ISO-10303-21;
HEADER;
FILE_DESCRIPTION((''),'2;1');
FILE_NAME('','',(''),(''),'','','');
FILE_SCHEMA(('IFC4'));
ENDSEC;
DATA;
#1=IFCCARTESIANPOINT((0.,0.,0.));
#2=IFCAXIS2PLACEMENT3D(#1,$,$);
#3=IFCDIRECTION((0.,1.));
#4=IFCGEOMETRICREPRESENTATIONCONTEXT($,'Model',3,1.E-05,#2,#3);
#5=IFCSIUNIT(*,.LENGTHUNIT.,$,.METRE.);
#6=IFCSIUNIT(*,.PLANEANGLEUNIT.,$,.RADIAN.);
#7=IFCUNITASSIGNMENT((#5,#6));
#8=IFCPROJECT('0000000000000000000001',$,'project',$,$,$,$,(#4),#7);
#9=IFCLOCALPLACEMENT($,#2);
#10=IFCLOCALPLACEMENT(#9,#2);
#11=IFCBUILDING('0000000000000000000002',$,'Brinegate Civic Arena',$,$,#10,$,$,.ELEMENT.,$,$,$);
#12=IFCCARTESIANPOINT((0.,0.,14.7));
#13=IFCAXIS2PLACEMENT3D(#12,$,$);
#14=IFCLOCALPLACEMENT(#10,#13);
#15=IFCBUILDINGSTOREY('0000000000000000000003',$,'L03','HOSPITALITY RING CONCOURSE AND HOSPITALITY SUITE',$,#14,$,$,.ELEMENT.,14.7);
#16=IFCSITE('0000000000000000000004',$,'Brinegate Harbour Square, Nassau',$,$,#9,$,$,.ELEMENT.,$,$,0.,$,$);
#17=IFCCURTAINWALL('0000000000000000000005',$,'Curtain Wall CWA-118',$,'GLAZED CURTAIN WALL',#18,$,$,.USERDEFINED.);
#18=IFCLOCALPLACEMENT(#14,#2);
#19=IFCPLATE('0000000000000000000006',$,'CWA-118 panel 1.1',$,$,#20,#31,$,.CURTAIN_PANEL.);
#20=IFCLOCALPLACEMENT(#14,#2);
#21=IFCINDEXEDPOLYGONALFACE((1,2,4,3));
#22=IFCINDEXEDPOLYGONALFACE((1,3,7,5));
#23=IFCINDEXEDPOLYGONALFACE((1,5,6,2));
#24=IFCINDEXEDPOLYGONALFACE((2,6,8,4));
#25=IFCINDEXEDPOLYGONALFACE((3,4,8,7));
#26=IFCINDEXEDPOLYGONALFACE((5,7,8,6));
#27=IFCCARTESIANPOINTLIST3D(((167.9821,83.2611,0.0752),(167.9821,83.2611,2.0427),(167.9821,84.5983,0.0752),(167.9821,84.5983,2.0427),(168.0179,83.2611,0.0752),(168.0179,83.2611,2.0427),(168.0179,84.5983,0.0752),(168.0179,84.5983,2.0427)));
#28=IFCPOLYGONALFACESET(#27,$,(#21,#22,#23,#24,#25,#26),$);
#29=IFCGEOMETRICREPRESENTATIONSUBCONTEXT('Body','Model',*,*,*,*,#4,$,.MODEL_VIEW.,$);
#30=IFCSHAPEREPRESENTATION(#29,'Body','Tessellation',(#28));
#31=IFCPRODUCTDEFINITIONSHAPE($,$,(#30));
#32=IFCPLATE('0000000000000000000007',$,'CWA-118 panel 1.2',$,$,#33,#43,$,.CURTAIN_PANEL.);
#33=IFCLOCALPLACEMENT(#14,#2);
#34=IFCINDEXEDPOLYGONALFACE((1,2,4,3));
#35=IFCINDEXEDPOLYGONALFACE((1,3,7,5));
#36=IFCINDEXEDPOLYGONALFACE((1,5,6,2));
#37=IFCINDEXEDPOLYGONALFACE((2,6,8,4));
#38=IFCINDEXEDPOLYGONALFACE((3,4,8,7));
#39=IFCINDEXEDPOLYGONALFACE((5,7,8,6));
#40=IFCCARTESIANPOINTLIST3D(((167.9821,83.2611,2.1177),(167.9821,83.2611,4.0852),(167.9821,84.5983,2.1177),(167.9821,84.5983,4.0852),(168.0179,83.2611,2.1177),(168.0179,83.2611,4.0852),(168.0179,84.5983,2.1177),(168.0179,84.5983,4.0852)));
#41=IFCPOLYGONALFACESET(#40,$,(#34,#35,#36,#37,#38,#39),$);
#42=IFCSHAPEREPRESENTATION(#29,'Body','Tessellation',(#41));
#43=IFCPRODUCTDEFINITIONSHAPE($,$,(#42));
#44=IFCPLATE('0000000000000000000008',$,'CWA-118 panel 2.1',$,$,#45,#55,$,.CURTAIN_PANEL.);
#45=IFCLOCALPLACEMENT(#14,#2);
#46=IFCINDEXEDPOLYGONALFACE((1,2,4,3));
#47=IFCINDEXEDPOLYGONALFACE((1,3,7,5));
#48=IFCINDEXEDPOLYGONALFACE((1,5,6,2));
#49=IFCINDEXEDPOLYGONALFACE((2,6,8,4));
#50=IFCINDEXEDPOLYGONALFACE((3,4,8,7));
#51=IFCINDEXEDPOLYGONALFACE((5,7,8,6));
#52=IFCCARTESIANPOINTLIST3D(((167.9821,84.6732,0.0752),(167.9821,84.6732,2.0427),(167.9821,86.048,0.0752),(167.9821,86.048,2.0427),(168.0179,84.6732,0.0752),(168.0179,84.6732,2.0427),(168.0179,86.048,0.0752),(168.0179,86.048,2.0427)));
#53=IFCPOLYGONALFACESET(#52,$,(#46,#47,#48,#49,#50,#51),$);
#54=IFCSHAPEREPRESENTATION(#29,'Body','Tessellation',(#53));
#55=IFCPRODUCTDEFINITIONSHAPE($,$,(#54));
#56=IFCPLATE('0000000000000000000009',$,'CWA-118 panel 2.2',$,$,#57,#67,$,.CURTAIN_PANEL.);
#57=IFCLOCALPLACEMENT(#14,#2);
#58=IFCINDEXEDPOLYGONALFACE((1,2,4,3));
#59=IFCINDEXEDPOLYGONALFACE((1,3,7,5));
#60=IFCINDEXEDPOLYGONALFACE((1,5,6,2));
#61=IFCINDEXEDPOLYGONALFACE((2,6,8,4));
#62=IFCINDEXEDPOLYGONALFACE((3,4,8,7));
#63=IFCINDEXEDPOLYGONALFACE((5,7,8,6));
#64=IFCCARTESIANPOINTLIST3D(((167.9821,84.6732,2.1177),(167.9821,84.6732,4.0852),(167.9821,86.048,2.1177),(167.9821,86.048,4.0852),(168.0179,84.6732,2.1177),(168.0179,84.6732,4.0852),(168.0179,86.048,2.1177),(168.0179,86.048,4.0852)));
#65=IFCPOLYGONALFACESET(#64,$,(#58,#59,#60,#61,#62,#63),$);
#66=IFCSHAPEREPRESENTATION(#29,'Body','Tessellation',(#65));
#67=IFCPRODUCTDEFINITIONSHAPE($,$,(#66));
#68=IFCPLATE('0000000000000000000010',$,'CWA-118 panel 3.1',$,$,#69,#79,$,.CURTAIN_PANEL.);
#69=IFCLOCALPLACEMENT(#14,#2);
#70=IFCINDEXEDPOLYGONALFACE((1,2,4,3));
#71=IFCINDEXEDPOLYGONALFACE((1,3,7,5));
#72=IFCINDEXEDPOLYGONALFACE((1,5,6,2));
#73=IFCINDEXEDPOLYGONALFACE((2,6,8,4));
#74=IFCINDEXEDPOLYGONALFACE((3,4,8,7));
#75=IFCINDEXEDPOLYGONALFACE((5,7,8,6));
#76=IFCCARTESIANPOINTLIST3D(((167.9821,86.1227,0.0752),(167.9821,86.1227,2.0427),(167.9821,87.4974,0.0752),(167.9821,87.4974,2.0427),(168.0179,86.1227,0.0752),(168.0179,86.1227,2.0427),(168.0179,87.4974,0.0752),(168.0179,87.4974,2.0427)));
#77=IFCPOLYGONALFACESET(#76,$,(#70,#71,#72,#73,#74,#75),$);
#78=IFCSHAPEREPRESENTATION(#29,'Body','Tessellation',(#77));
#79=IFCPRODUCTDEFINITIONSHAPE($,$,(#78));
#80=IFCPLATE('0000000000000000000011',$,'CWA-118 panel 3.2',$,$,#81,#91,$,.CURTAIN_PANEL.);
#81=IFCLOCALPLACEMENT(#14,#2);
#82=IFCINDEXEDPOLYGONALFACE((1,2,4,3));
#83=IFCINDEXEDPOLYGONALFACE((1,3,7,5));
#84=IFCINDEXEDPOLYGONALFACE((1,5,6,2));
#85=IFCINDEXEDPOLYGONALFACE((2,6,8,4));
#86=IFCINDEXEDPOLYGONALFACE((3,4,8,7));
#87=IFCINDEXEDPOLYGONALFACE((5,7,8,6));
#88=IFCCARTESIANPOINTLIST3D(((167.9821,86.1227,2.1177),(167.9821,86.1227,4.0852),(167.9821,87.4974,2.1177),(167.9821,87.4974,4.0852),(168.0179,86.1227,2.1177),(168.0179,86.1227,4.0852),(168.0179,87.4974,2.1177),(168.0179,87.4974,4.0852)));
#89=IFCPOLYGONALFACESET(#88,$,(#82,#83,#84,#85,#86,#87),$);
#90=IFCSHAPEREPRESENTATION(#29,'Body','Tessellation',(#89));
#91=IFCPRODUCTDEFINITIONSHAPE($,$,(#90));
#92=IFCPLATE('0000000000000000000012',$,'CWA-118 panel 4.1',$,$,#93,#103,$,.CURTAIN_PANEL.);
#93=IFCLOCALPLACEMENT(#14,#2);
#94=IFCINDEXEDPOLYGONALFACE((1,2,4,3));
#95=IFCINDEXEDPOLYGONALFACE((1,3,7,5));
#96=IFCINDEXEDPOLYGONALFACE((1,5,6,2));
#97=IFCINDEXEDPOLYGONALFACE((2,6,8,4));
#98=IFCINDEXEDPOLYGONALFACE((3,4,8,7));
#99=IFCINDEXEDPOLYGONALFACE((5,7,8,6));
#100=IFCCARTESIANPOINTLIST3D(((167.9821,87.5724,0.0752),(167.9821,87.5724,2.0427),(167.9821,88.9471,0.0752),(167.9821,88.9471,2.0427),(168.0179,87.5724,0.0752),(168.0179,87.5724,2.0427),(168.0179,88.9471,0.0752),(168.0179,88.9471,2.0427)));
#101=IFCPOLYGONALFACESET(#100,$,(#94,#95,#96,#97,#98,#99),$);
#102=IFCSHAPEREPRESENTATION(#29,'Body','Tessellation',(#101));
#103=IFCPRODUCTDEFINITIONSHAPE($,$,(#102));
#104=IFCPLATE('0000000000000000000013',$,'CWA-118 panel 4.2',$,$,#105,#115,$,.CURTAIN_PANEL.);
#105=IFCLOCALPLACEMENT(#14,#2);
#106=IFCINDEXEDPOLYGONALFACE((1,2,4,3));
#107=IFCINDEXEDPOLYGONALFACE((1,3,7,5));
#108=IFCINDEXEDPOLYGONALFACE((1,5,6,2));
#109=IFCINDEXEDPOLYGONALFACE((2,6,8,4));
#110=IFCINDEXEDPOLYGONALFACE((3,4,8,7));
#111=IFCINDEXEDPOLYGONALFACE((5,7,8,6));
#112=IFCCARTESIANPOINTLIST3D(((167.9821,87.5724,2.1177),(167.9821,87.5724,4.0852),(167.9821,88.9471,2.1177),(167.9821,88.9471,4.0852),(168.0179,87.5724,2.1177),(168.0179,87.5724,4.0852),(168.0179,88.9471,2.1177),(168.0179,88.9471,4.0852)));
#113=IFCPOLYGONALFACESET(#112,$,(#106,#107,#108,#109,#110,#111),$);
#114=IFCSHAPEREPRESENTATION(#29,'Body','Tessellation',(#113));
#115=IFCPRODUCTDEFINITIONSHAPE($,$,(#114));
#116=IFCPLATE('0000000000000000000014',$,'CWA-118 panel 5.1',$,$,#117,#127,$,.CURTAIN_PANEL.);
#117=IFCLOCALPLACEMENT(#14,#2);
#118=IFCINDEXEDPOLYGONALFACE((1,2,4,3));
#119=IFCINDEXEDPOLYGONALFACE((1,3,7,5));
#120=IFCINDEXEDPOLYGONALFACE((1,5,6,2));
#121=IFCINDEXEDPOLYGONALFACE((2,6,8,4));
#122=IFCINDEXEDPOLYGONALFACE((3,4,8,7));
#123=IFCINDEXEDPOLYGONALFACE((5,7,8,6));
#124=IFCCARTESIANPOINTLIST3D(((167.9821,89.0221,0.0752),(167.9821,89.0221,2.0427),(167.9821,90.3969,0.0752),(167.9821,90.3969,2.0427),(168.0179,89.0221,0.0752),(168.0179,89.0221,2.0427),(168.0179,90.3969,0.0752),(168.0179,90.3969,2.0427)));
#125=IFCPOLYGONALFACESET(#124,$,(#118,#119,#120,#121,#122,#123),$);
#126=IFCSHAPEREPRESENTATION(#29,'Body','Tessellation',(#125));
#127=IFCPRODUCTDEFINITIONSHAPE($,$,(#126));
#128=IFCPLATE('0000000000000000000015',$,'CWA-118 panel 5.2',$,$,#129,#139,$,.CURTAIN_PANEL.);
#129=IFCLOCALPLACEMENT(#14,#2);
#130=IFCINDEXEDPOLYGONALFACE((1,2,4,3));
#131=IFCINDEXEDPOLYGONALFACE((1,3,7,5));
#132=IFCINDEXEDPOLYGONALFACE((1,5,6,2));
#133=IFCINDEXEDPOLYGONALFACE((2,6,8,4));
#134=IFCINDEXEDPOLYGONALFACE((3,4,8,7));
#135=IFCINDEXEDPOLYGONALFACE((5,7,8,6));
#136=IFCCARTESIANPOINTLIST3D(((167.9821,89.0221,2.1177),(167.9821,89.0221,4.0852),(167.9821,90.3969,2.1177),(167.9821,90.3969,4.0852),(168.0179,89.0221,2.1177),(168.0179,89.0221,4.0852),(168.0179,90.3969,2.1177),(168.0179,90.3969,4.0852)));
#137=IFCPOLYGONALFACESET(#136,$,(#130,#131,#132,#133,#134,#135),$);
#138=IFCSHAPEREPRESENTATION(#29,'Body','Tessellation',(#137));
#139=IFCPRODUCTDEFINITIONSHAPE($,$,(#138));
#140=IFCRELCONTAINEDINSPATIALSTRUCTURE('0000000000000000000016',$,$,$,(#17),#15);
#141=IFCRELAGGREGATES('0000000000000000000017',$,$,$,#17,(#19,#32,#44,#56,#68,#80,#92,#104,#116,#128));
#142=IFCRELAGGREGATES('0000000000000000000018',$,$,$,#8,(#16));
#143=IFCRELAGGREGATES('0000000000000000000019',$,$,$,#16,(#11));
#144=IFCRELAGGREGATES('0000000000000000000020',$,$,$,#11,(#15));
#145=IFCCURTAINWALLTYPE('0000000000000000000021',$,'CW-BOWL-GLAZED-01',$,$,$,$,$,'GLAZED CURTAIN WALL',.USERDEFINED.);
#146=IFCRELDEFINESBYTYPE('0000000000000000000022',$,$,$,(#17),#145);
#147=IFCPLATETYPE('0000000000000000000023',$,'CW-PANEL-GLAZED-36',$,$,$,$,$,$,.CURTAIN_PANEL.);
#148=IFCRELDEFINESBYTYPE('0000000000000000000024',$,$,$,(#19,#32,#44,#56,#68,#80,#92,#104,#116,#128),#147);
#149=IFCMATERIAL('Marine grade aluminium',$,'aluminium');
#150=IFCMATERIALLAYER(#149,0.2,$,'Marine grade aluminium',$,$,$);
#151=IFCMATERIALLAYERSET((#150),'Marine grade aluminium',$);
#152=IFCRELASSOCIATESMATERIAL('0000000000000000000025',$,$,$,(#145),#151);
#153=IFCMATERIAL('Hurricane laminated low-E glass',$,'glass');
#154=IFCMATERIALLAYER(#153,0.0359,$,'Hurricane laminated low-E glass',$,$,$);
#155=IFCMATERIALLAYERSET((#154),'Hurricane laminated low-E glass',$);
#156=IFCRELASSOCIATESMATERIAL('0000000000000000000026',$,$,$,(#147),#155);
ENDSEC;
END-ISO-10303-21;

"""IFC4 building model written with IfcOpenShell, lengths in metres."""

from ifc_helpers import new_model, si_unit, direction, frame, origin, origin_2d, place, context, subcontext, project, spatial, rectangle, extrude, material, layer, layer_set, type_object, element, aggregate, save


model = new_model("IFC4")

# Units and contexts
model_context = context("Model", 3, precision=1e-05, world=origin(), true_north=direction((0.0, 1.0)))
body_context = subcontext(model_context, "Body", "Model", "MODEL_VIEW")
ifc_project = project(units=[si_unit("LENGTHUNIT", "METRE"), si_unit("PLANEANGLEUNIT", "RADIAN")], contexts=[model_context])

# Site, building, storey
site_placement = place(None, origin())
site = spatial("IfcSite", under=ifc_project, at=site_placement, Name="Brinegate Harbour Square, Nassau", CompositionType="ELEMENT", RefElevation=0.0)
building_placement = place(site_placement, origin())
building = spatial("IfcBuilding", under=site, at=building_placement, Name="Brinegate Civic Arena", CompositionType="ELEMENT")
storey_placement = place(building_placement, frame((0.0, 0.0, 14.7)))
storey = spatial("IfcBuildingStorey", under=building, at=storey_placement, Name="L03", Description="HOSPITALITY RING CONCOURSE AND HOSPITALITY SUITE", CompositionType="ELEMENT", Elevation=14.7)

# Curtain wall
ifc_material_1 = material(Name="Marine grade aluminium", Category="aluminium")
ifc_layer_1 = layer(ifc_material_1, 0.2, Name="Marine grade aluminium")
ifc_layer_set_1 = layer_set([ifc_layer_1], Name="Marine grade aluminium")
curtain_wall_type = type_object("IfcCurtainWallType", Name="CW-BOWL-GLAZED-01", ElementType="GLAZED CURTAIN WALL", PredefinedType="USERDEFINED", material=ifc_layer_set_1)
curtain_wall_placement = place(storey_placement, origin())
curtain_wall = element("IfcCurtainWall", 1, at=curtain_wall_placement, inside=storey, type_object=curtain_wall_type, Name="Curtain Wall CWA-118", ObjectType="GLAZED CURTAIN WALL", PredefinedType="USERDEFINED")

# Plates
ifc_material_2 = material(Name="Hurricane laminated low-E glass", Category="glass")
ifc_layer_2 = layer(ifc_material_2, 0.0359, Name="Hurricane laminated low-E glass")
ifc_layer_set_2 = layer_set([ifc_layer_2], Name="Hurricane laminated low-E glass")
plate_type = type_object("IfcPlateType", Name="CW-PANEL-GLAZED-36", PredefinedType="CURTAIN_PANEL", material=ifc_layer_set_2)
plate_1_placement = place(storey_placement, frame((168.0, 83.9297, 0.0752), z_axis=(0.0, 0.0, 1.0), x_axis=(0.0, 1.0, 0.0)))
plate_1 = element("IfcPlate", 2, at=plate_1_placement, type_object=plate_type, Name="CWA-118 panel 1.1", PredefinedType="CURTAIN_PANEL", context=body_context, shape_type="SweptSolid", body=[
    extrude(rectangle(XDim=1.3372, YDim=0.0359, at=origin_2d()), origin(), (0.0, 0.0, 1.0), 1.9675),
])
plate_2_placement = place(storey_placement, frame((168.0, 83.9297, 2.1177), z_axis=(0.0, 0.0, 1.0), x_axis=(0.0, 1.0, 0.0)))
plate_2 = element("IfcPlate", 3, at=plate_2_placement, type_object=plate_type, Name="CWA-118 panel 1.2", PredefinedType="CURTAIN_PANEL", context=body_context, shape_type="SweptSolid", body=[
    extrude(rectangle(XDim=1.3372, YDim=0.0359, at=origin_2d()), origin(), (0.0, 0.0, 1.0), 1.9675),
])
plate_3_placement = place(storey_placement, frame((168.0, 85.3606, 0.0752), z_axis=(0.0, 0.0, 1.0), x_axis=(0.0, 1.0, 0.0)))
plate_3 = element("IfcPlate", 4, at=plate_3_placement, type_object=plate_type, Name="CWA-118 panel 2.1", PredefinedType="CURTAIN_PANEL", context=body_context, shape_type="SweptSolid", body=[
    extrude(rectangle(XDim=1.3748, YDim=0.0359, at=origin_2d()), origin(), (0.0, 0.0, 1.0), 1.9675),
])
plate_4_placement = place(storey_placement, frame((168.0, 85.3606, 2.1177), z_axis=(0.0, 0.0, 1.0), x_axis=(0.0, 1.0, 0.0)))
plate_4 = element("IfcPlate", 5, at=plate_4_placement, type_object=plate_type, Name="CWA-118 panel 2.2", PredefinedType="CURTAIN_PANEL", context=body_context, shape_type="SweptSolid", body=[
    extrude(rectangle(XDim=1.3748, YDim=0.0359, at=origin_2d()), origin(), (0.0, 0.0, 1.0), 1.9675),
])
plate_5_placement = place(storey_placement, frame((168.0, 86.8101, 0.0752), z_axis=(0.0, 0.0, 1.0), x_axis=(0.0, 1.0, 0.0)))
plate_5 = element("IfcPlate", 6, at=plate_5_placement, type_object=plate_type, Name="CWA-118 panel 3.1", PredefinedType="CURTAIN_PANEL", context=body_context, shape_type="SweptSolid", body=[
    extrude(rectangle(XDim=1.3748, YDim=0.0359, at=origin_2d()), origin(), (0.0, 0.0, 1.0), 1.9675),
])
plate_6_placement = place(storey_placement, frame((168.0, 86.8101, 2.1177), z_axis=(0.0, 0.0, 1.0), x_axis=(0.0, 1.0, 0.0)))
plate_6 = element("IfcPlate", 7, at=plate_6_placement, type_object=plate_type, Name="CWA-118 panel 3.2", PredefinedType="CURTAIN_PANEL", context=body_context, shape_type="SweptSolid", body=[
    extrude(rectangle(XDim=1.3748, YDim=0.0359, at=origin_2d()), origin(), (0.0, 0.0, 1.0), 1.9675),
])
plate_7_placement = place(storey_placement, frame((168.0, 88.2598, 0.0752), z_axis=(0.0, 0.0, 1.0), x_axis=(0.0, 1.0, 0.0)))
plate_7 = element("IfcPlate", 8, at=plate_7_placement, type_object=plate_type, Name="CWA-118 panel 4.1", PredefinedType="CURTAIN_PANEL", context=body_context, shape_type="SweptSolid", body=[
    extrude(rectangle(XDim=1.3748, YDim=0.0359, at=origin_2d()), origin(), (0.0, 0.0, 1.0), 1.9675),
])
plate_8_placement = place(storey_placement, frame((168.0, 88.2598, 2.1177), z_axis=(0.0, 0.0, 1.0), x_axis=(0.0, 1.0, 0.0)))
plate_8 = element("IfcPlate", 9, at=plate_8_placement, type_object=plate_type, Name="CWA-118 panel 4.2", PredefinedType="CURTAIN_PANEL", context=body_context, shape_type="SweptSolid", body=[
    extrude(rectangle(XDim=1.3748, YDim=0.0359, at=origin_2d()), origin(), (0.0, 0.0, 1.0), 1.9675),
])
plate_9_placement = place(storey_placement, frame((168.0, 89.7095, 0.0752), z_axis=(0.0, 0.0, 1.0), x_axis=(0.0, 1.0, 0.0)))
plate_9 = element("IfcPlate", 10, at=plate_9_placement, type_object=plate_type, Name="CWA-118 panel 5.1", PredefinedType="CURTAIN_PANEL", context=body_context, shape_type="SweptSolid", body=[
    extrude(rectangle(XDim=1.3748, YDim=0.0359, at=origin_2d()), origin(), (0.0, 0.0, 1.0), 1.9675),
])
plate_10_placement = place(storey_placement, frame((168.0, 89.7095, 2.1177), z_axis=(0.0, 0.0, 1.0), x_axis=(0.0, 1.0, 0.0)))
plate_10 = element("IfcPlate", 11, at=plate_10_placement, type_object=plate_type, Name="CWA-118 panel 5.2", PredefinedType="CURTAIN_PANEL", context=body_context, shape_type="SweptSolid", body=[
    extrude(rectangle(XDim=1.3748, YDim=0.0359, at=origin_2d()), origin(), (0.0, 0.0, 1.0), 1.9675),
])
aggregate(curtain_wall, [plate_1, plate_2, plate_3, plate_4, plate_5, plate_6, plate_7, plate_8, plate_9, plate_10])

save(model, "model.ifc")
